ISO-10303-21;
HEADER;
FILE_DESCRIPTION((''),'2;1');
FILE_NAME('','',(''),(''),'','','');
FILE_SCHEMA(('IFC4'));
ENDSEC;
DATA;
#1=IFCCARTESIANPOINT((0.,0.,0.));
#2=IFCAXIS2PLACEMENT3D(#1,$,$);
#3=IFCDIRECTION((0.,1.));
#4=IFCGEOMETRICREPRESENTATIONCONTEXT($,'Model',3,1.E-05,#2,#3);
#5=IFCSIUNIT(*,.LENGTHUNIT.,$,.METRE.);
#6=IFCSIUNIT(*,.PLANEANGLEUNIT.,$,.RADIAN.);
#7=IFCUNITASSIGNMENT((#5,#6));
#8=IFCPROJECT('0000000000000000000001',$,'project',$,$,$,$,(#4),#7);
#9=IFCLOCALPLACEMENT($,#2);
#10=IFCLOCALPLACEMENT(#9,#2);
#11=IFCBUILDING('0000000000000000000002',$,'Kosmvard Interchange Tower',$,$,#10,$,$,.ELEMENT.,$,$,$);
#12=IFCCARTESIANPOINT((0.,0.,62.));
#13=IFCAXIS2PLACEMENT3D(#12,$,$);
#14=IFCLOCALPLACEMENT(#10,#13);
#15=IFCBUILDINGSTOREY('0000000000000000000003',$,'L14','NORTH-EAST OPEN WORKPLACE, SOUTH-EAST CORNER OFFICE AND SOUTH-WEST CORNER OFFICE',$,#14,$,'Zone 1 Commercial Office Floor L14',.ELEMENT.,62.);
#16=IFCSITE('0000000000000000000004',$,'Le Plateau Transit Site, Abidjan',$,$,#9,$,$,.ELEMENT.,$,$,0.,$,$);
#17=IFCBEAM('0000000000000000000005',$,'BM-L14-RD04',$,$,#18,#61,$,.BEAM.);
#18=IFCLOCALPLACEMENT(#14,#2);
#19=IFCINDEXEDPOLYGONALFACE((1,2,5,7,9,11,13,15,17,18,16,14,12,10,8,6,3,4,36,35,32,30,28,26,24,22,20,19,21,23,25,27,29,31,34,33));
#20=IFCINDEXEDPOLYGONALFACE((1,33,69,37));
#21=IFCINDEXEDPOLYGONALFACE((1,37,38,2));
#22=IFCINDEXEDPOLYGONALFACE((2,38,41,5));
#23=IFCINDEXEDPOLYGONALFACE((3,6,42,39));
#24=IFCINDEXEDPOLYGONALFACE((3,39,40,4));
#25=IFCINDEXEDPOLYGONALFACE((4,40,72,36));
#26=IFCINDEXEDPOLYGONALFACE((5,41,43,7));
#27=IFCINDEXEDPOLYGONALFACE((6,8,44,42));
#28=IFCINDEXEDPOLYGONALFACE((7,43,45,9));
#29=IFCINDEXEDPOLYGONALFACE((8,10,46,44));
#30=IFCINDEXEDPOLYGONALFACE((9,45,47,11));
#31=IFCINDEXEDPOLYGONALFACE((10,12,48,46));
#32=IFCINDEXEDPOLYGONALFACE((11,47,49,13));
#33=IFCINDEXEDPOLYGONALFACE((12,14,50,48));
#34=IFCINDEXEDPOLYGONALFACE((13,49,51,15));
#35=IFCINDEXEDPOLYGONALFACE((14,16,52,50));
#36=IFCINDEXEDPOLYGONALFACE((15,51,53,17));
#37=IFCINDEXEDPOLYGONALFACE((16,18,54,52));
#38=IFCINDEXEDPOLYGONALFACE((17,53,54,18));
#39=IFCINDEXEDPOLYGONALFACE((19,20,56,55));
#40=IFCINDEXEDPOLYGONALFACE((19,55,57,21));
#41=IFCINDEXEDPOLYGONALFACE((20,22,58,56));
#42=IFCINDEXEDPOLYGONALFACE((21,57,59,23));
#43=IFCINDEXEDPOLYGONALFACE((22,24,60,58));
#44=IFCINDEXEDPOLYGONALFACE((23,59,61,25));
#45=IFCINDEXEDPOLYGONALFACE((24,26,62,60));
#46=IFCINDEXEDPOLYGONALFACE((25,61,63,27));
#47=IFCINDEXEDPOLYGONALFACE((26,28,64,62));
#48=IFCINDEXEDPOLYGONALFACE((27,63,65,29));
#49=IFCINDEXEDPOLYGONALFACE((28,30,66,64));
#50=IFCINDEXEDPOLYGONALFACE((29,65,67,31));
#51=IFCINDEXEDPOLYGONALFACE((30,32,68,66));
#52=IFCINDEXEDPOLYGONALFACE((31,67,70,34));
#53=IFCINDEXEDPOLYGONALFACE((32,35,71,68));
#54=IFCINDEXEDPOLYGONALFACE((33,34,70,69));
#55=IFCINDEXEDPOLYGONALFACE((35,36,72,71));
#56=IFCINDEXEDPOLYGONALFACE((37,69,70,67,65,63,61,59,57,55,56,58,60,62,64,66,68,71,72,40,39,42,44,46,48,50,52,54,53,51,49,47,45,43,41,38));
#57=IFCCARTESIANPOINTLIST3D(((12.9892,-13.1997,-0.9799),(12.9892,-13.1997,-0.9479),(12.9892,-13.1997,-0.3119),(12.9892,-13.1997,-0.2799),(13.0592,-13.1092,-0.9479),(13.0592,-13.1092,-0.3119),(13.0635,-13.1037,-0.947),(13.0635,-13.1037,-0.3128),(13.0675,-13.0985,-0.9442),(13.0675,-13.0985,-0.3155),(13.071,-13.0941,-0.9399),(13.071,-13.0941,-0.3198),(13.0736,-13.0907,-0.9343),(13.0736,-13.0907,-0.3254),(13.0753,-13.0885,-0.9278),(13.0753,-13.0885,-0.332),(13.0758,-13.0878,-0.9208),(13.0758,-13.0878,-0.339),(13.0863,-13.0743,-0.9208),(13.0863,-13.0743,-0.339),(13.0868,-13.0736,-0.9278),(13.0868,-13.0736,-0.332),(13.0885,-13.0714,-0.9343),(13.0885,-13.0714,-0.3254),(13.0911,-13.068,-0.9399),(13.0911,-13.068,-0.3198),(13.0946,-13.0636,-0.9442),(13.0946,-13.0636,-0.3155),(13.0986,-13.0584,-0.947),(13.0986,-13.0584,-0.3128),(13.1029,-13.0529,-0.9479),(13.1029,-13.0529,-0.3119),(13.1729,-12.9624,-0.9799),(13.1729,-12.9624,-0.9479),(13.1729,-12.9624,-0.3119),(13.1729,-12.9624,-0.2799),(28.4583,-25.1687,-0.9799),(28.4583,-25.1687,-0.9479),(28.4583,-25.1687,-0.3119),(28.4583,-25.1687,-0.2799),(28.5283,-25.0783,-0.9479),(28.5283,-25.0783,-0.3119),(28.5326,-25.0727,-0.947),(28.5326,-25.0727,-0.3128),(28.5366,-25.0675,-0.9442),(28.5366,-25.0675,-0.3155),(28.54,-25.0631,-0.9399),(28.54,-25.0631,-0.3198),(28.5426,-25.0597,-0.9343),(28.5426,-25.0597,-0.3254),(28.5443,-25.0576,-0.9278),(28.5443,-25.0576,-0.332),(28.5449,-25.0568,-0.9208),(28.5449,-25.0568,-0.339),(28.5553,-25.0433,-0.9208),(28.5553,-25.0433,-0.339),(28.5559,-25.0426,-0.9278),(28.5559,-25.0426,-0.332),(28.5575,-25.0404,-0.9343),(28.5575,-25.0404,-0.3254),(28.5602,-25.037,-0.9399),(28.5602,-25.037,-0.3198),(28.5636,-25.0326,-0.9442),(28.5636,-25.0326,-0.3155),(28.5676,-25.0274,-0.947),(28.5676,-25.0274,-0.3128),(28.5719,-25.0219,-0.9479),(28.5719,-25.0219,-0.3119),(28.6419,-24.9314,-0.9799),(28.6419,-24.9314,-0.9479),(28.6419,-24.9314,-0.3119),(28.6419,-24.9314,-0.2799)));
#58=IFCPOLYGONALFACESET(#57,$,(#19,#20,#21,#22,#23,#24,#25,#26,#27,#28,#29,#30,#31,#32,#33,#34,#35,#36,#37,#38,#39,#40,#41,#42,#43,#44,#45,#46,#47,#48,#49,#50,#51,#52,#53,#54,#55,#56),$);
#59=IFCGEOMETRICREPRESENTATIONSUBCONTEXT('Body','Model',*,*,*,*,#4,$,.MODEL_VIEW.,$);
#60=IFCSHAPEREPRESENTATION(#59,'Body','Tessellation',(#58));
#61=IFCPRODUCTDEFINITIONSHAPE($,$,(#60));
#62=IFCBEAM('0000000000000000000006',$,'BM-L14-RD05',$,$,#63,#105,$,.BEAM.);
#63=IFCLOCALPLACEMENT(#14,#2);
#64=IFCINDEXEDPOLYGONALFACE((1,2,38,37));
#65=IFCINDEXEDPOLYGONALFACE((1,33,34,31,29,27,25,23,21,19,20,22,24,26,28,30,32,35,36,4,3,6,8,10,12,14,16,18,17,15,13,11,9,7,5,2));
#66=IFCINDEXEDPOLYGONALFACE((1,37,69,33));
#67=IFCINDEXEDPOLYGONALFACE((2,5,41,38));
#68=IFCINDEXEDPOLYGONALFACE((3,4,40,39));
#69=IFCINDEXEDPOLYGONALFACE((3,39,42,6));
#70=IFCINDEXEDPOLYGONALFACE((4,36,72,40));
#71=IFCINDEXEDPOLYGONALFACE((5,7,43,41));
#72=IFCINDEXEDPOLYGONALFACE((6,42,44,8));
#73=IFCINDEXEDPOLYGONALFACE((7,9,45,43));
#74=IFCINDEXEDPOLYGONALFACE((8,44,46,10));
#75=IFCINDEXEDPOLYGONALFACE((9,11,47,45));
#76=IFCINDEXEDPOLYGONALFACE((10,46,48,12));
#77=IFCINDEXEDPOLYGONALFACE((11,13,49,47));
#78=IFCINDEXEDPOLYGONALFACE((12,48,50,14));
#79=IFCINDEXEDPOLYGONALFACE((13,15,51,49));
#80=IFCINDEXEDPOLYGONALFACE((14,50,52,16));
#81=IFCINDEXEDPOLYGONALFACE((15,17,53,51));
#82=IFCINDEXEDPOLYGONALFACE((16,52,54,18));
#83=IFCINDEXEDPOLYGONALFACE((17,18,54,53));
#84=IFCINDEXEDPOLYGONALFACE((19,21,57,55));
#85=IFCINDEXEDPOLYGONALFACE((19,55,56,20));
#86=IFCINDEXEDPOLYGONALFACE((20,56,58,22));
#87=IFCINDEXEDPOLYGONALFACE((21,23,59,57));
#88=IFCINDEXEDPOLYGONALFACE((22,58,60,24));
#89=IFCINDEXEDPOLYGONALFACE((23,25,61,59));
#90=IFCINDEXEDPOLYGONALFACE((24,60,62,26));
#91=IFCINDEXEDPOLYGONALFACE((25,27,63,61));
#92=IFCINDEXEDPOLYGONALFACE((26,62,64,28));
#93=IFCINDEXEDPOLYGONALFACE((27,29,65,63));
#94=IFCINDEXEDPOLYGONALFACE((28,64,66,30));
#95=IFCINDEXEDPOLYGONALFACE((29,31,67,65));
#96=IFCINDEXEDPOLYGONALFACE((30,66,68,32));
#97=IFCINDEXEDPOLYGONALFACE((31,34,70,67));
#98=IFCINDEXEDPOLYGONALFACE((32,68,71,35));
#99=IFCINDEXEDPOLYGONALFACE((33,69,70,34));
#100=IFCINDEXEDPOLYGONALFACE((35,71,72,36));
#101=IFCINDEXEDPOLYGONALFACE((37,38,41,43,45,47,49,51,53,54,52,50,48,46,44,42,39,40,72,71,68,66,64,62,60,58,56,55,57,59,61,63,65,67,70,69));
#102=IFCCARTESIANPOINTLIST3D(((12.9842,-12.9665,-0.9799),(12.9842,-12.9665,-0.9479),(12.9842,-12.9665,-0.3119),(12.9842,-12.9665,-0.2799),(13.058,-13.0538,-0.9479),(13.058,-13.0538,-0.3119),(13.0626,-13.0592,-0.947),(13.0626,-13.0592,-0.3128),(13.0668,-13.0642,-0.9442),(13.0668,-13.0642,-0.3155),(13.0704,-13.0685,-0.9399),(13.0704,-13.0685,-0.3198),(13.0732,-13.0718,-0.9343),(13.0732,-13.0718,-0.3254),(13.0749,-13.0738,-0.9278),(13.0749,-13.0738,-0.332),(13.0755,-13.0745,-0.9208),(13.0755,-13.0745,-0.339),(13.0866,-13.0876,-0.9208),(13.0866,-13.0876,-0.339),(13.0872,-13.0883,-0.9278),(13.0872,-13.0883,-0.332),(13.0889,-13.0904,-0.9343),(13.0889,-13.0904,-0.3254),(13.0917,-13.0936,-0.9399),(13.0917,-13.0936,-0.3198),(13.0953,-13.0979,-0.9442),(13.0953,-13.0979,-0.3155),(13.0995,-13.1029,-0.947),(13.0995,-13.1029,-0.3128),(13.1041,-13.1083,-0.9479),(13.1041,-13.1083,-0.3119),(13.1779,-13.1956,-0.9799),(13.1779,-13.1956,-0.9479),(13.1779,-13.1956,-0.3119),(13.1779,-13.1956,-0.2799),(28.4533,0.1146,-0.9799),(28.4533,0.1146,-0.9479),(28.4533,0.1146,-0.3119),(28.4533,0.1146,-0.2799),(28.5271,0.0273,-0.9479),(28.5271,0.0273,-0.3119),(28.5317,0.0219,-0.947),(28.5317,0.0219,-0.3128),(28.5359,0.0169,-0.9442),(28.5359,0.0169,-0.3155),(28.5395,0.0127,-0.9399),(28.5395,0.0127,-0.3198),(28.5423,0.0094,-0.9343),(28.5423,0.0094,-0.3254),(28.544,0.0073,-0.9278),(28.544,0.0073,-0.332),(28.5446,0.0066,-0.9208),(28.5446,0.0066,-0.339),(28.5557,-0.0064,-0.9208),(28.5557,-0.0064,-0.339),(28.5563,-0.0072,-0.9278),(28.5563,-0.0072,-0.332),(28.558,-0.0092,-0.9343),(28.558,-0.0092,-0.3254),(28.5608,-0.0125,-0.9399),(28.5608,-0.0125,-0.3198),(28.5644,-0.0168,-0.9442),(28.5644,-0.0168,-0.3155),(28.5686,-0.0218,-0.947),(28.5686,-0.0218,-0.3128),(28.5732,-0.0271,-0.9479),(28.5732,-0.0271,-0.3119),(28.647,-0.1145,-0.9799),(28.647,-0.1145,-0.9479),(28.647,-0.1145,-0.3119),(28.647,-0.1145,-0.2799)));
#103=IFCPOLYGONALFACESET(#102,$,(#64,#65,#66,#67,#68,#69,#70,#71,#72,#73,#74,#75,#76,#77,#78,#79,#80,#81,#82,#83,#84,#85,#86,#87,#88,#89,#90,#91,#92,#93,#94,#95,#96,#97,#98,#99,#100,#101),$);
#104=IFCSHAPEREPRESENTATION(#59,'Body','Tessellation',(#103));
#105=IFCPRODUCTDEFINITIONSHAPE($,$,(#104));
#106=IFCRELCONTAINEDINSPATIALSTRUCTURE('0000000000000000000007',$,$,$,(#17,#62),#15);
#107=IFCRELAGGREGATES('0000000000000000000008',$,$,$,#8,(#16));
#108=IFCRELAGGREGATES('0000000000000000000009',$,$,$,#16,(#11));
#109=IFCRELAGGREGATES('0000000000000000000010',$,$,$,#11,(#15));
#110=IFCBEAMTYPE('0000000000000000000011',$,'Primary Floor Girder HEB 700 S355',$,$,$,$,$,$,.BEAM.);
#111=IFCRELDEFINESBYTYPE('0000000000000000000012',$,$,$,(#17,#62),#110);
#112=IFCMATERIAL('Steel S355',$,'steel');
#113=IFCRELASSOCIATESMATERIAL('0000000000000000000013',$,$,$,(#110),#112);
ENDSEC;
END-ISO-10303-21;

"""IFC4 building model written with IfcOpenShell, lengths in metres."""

from ifc_helpers import new_model, si_unit, direction, frame, origin, origin_2d, place, context, subcontext, project, spatial, i_section, extrude, source, transform, mapped, material, material_profile, profile_set, type_object, element, save


model = new_model("IFC4")

# Units and contexts
model_context = context("Model", 3, precision=1e-05, world=origin(), true_north=direction((0.0, 1.0)))
body_context = subcontext(model_context, "Body", "Model", "MODEL_VIEW")
ifc_project = project(units=[si_unit("LENGTHUNIT", "METRE"), si_unit("PLANEANGLEUNIT", "RADIAN")], contexts=[model_context])

# Site, building, storey
site_placement = place(None, origin())
site = spatial("IfcSite", under=ifc_project, at=site_placement, Name="Le Plateau Transit Site, Abidjan", CompositionType="ELEMENT", RefElevation=0.0)
building_placement = place(site_placement, origin())
building = spatial("IfcBuilding", under=site, at=building_placement, Name="Kosmvard Interchange Tower", CompositionType="ELEMENT")
storey_placement = place(building_placement, frame((0.0, 0.0, 62.0)))
storey = spatial("IfcBuildingStorey", under=building, at=storey_placement, Name="L14", Description="NORTH-EAST OPEN WORKPLACE, SOUTH-EAST CORNER OFFICE AND SOUTH-WEST CORNER OFFICE", LongName="Zone 1 Commercial Office Floor L14", CompositionType="ELEMENT", Elevation=62.0)

# Beams
ifc_material_1 = material(Name="Steel S355", Category="steel")
ifc_material_profile_1 = material_profile(ifc_material_1, i_section(OverallWidth=0.3, OverallDepth=0.7, WebThickness=0.0171, FlangeThickness=0.032, FilletRadius=0.0271, at=origin_2d()), Name="HEB 700")
ifc_profile_set_1 = profile_set([ifc_material_profile_1], Name="Steel S355")
beam_type_1 = type_object("IfcBeamType", Name="Primary Floor Girder HEB 700 S355", PredefinedType="BEAM", material=ifc_profile_set_1)
shared_shape_1 = source(origin(), body_context, "Body", "SweptSolid", [
    extrude(i_section(OverallWidth=0.3, OverallDepth=0.7, WebThickness=0.0171, FlangeThickness=0.032, FilletRadius=0.0271, at=origin_2d()), origin(), (0.0, 0.0, 1.0), 19.5588),
])
beam_1_placement = place(storey_placement, frame((13.0811, -13.0811, -0.6299), z_axis=(0.790897, -0.611949, 0.0), x_axis=(0.611949, 0.790897, 0.0)))
element("IfcBeam", 1, at=beam_1_placement, inside=storey, type_object=beam_type_1, Name="BM-L14-RD04", PredefinedType="BEAM", context=body_context, shape_type="MappedRepresentation", body=[
    mapped(shared_shape_1, transform((0.0, 0.0, 0.0), scale=1.0)),
])
shared_shape_2 = source(origin(), body_context, "Body", "SweptSolid", [
    extrude(i_section(OverallWidth=0.3, OverallDepth=0.7, WebThickness=0.0171, FlangeThickness=0.032, FilletRadius=0.0271, at=origin_2d()), origin(), (0.0, 0.0, 1.0), 20.2585),
])
beam_2_placement = place(storey_placement, frame((13.0811, -13.0811, -0.6299), z_axis=(0.763583, 0.645709, 0.0), x_axis=(-0.645709, 0.763583, 0.0)))
element("IfcBeam", 2, at=beam_2_placement, inside=storey, type_object=beam_type_1, Name="BM-L14-RD05", PredefinedType="BEAM", context=body_context, shape_type="MappedRepresentation", body=[
    mapped(shared_shape_2, transform((0.0, 0.0, 0.0), scale=1.0)),
])

save(model, "model.ifc")
